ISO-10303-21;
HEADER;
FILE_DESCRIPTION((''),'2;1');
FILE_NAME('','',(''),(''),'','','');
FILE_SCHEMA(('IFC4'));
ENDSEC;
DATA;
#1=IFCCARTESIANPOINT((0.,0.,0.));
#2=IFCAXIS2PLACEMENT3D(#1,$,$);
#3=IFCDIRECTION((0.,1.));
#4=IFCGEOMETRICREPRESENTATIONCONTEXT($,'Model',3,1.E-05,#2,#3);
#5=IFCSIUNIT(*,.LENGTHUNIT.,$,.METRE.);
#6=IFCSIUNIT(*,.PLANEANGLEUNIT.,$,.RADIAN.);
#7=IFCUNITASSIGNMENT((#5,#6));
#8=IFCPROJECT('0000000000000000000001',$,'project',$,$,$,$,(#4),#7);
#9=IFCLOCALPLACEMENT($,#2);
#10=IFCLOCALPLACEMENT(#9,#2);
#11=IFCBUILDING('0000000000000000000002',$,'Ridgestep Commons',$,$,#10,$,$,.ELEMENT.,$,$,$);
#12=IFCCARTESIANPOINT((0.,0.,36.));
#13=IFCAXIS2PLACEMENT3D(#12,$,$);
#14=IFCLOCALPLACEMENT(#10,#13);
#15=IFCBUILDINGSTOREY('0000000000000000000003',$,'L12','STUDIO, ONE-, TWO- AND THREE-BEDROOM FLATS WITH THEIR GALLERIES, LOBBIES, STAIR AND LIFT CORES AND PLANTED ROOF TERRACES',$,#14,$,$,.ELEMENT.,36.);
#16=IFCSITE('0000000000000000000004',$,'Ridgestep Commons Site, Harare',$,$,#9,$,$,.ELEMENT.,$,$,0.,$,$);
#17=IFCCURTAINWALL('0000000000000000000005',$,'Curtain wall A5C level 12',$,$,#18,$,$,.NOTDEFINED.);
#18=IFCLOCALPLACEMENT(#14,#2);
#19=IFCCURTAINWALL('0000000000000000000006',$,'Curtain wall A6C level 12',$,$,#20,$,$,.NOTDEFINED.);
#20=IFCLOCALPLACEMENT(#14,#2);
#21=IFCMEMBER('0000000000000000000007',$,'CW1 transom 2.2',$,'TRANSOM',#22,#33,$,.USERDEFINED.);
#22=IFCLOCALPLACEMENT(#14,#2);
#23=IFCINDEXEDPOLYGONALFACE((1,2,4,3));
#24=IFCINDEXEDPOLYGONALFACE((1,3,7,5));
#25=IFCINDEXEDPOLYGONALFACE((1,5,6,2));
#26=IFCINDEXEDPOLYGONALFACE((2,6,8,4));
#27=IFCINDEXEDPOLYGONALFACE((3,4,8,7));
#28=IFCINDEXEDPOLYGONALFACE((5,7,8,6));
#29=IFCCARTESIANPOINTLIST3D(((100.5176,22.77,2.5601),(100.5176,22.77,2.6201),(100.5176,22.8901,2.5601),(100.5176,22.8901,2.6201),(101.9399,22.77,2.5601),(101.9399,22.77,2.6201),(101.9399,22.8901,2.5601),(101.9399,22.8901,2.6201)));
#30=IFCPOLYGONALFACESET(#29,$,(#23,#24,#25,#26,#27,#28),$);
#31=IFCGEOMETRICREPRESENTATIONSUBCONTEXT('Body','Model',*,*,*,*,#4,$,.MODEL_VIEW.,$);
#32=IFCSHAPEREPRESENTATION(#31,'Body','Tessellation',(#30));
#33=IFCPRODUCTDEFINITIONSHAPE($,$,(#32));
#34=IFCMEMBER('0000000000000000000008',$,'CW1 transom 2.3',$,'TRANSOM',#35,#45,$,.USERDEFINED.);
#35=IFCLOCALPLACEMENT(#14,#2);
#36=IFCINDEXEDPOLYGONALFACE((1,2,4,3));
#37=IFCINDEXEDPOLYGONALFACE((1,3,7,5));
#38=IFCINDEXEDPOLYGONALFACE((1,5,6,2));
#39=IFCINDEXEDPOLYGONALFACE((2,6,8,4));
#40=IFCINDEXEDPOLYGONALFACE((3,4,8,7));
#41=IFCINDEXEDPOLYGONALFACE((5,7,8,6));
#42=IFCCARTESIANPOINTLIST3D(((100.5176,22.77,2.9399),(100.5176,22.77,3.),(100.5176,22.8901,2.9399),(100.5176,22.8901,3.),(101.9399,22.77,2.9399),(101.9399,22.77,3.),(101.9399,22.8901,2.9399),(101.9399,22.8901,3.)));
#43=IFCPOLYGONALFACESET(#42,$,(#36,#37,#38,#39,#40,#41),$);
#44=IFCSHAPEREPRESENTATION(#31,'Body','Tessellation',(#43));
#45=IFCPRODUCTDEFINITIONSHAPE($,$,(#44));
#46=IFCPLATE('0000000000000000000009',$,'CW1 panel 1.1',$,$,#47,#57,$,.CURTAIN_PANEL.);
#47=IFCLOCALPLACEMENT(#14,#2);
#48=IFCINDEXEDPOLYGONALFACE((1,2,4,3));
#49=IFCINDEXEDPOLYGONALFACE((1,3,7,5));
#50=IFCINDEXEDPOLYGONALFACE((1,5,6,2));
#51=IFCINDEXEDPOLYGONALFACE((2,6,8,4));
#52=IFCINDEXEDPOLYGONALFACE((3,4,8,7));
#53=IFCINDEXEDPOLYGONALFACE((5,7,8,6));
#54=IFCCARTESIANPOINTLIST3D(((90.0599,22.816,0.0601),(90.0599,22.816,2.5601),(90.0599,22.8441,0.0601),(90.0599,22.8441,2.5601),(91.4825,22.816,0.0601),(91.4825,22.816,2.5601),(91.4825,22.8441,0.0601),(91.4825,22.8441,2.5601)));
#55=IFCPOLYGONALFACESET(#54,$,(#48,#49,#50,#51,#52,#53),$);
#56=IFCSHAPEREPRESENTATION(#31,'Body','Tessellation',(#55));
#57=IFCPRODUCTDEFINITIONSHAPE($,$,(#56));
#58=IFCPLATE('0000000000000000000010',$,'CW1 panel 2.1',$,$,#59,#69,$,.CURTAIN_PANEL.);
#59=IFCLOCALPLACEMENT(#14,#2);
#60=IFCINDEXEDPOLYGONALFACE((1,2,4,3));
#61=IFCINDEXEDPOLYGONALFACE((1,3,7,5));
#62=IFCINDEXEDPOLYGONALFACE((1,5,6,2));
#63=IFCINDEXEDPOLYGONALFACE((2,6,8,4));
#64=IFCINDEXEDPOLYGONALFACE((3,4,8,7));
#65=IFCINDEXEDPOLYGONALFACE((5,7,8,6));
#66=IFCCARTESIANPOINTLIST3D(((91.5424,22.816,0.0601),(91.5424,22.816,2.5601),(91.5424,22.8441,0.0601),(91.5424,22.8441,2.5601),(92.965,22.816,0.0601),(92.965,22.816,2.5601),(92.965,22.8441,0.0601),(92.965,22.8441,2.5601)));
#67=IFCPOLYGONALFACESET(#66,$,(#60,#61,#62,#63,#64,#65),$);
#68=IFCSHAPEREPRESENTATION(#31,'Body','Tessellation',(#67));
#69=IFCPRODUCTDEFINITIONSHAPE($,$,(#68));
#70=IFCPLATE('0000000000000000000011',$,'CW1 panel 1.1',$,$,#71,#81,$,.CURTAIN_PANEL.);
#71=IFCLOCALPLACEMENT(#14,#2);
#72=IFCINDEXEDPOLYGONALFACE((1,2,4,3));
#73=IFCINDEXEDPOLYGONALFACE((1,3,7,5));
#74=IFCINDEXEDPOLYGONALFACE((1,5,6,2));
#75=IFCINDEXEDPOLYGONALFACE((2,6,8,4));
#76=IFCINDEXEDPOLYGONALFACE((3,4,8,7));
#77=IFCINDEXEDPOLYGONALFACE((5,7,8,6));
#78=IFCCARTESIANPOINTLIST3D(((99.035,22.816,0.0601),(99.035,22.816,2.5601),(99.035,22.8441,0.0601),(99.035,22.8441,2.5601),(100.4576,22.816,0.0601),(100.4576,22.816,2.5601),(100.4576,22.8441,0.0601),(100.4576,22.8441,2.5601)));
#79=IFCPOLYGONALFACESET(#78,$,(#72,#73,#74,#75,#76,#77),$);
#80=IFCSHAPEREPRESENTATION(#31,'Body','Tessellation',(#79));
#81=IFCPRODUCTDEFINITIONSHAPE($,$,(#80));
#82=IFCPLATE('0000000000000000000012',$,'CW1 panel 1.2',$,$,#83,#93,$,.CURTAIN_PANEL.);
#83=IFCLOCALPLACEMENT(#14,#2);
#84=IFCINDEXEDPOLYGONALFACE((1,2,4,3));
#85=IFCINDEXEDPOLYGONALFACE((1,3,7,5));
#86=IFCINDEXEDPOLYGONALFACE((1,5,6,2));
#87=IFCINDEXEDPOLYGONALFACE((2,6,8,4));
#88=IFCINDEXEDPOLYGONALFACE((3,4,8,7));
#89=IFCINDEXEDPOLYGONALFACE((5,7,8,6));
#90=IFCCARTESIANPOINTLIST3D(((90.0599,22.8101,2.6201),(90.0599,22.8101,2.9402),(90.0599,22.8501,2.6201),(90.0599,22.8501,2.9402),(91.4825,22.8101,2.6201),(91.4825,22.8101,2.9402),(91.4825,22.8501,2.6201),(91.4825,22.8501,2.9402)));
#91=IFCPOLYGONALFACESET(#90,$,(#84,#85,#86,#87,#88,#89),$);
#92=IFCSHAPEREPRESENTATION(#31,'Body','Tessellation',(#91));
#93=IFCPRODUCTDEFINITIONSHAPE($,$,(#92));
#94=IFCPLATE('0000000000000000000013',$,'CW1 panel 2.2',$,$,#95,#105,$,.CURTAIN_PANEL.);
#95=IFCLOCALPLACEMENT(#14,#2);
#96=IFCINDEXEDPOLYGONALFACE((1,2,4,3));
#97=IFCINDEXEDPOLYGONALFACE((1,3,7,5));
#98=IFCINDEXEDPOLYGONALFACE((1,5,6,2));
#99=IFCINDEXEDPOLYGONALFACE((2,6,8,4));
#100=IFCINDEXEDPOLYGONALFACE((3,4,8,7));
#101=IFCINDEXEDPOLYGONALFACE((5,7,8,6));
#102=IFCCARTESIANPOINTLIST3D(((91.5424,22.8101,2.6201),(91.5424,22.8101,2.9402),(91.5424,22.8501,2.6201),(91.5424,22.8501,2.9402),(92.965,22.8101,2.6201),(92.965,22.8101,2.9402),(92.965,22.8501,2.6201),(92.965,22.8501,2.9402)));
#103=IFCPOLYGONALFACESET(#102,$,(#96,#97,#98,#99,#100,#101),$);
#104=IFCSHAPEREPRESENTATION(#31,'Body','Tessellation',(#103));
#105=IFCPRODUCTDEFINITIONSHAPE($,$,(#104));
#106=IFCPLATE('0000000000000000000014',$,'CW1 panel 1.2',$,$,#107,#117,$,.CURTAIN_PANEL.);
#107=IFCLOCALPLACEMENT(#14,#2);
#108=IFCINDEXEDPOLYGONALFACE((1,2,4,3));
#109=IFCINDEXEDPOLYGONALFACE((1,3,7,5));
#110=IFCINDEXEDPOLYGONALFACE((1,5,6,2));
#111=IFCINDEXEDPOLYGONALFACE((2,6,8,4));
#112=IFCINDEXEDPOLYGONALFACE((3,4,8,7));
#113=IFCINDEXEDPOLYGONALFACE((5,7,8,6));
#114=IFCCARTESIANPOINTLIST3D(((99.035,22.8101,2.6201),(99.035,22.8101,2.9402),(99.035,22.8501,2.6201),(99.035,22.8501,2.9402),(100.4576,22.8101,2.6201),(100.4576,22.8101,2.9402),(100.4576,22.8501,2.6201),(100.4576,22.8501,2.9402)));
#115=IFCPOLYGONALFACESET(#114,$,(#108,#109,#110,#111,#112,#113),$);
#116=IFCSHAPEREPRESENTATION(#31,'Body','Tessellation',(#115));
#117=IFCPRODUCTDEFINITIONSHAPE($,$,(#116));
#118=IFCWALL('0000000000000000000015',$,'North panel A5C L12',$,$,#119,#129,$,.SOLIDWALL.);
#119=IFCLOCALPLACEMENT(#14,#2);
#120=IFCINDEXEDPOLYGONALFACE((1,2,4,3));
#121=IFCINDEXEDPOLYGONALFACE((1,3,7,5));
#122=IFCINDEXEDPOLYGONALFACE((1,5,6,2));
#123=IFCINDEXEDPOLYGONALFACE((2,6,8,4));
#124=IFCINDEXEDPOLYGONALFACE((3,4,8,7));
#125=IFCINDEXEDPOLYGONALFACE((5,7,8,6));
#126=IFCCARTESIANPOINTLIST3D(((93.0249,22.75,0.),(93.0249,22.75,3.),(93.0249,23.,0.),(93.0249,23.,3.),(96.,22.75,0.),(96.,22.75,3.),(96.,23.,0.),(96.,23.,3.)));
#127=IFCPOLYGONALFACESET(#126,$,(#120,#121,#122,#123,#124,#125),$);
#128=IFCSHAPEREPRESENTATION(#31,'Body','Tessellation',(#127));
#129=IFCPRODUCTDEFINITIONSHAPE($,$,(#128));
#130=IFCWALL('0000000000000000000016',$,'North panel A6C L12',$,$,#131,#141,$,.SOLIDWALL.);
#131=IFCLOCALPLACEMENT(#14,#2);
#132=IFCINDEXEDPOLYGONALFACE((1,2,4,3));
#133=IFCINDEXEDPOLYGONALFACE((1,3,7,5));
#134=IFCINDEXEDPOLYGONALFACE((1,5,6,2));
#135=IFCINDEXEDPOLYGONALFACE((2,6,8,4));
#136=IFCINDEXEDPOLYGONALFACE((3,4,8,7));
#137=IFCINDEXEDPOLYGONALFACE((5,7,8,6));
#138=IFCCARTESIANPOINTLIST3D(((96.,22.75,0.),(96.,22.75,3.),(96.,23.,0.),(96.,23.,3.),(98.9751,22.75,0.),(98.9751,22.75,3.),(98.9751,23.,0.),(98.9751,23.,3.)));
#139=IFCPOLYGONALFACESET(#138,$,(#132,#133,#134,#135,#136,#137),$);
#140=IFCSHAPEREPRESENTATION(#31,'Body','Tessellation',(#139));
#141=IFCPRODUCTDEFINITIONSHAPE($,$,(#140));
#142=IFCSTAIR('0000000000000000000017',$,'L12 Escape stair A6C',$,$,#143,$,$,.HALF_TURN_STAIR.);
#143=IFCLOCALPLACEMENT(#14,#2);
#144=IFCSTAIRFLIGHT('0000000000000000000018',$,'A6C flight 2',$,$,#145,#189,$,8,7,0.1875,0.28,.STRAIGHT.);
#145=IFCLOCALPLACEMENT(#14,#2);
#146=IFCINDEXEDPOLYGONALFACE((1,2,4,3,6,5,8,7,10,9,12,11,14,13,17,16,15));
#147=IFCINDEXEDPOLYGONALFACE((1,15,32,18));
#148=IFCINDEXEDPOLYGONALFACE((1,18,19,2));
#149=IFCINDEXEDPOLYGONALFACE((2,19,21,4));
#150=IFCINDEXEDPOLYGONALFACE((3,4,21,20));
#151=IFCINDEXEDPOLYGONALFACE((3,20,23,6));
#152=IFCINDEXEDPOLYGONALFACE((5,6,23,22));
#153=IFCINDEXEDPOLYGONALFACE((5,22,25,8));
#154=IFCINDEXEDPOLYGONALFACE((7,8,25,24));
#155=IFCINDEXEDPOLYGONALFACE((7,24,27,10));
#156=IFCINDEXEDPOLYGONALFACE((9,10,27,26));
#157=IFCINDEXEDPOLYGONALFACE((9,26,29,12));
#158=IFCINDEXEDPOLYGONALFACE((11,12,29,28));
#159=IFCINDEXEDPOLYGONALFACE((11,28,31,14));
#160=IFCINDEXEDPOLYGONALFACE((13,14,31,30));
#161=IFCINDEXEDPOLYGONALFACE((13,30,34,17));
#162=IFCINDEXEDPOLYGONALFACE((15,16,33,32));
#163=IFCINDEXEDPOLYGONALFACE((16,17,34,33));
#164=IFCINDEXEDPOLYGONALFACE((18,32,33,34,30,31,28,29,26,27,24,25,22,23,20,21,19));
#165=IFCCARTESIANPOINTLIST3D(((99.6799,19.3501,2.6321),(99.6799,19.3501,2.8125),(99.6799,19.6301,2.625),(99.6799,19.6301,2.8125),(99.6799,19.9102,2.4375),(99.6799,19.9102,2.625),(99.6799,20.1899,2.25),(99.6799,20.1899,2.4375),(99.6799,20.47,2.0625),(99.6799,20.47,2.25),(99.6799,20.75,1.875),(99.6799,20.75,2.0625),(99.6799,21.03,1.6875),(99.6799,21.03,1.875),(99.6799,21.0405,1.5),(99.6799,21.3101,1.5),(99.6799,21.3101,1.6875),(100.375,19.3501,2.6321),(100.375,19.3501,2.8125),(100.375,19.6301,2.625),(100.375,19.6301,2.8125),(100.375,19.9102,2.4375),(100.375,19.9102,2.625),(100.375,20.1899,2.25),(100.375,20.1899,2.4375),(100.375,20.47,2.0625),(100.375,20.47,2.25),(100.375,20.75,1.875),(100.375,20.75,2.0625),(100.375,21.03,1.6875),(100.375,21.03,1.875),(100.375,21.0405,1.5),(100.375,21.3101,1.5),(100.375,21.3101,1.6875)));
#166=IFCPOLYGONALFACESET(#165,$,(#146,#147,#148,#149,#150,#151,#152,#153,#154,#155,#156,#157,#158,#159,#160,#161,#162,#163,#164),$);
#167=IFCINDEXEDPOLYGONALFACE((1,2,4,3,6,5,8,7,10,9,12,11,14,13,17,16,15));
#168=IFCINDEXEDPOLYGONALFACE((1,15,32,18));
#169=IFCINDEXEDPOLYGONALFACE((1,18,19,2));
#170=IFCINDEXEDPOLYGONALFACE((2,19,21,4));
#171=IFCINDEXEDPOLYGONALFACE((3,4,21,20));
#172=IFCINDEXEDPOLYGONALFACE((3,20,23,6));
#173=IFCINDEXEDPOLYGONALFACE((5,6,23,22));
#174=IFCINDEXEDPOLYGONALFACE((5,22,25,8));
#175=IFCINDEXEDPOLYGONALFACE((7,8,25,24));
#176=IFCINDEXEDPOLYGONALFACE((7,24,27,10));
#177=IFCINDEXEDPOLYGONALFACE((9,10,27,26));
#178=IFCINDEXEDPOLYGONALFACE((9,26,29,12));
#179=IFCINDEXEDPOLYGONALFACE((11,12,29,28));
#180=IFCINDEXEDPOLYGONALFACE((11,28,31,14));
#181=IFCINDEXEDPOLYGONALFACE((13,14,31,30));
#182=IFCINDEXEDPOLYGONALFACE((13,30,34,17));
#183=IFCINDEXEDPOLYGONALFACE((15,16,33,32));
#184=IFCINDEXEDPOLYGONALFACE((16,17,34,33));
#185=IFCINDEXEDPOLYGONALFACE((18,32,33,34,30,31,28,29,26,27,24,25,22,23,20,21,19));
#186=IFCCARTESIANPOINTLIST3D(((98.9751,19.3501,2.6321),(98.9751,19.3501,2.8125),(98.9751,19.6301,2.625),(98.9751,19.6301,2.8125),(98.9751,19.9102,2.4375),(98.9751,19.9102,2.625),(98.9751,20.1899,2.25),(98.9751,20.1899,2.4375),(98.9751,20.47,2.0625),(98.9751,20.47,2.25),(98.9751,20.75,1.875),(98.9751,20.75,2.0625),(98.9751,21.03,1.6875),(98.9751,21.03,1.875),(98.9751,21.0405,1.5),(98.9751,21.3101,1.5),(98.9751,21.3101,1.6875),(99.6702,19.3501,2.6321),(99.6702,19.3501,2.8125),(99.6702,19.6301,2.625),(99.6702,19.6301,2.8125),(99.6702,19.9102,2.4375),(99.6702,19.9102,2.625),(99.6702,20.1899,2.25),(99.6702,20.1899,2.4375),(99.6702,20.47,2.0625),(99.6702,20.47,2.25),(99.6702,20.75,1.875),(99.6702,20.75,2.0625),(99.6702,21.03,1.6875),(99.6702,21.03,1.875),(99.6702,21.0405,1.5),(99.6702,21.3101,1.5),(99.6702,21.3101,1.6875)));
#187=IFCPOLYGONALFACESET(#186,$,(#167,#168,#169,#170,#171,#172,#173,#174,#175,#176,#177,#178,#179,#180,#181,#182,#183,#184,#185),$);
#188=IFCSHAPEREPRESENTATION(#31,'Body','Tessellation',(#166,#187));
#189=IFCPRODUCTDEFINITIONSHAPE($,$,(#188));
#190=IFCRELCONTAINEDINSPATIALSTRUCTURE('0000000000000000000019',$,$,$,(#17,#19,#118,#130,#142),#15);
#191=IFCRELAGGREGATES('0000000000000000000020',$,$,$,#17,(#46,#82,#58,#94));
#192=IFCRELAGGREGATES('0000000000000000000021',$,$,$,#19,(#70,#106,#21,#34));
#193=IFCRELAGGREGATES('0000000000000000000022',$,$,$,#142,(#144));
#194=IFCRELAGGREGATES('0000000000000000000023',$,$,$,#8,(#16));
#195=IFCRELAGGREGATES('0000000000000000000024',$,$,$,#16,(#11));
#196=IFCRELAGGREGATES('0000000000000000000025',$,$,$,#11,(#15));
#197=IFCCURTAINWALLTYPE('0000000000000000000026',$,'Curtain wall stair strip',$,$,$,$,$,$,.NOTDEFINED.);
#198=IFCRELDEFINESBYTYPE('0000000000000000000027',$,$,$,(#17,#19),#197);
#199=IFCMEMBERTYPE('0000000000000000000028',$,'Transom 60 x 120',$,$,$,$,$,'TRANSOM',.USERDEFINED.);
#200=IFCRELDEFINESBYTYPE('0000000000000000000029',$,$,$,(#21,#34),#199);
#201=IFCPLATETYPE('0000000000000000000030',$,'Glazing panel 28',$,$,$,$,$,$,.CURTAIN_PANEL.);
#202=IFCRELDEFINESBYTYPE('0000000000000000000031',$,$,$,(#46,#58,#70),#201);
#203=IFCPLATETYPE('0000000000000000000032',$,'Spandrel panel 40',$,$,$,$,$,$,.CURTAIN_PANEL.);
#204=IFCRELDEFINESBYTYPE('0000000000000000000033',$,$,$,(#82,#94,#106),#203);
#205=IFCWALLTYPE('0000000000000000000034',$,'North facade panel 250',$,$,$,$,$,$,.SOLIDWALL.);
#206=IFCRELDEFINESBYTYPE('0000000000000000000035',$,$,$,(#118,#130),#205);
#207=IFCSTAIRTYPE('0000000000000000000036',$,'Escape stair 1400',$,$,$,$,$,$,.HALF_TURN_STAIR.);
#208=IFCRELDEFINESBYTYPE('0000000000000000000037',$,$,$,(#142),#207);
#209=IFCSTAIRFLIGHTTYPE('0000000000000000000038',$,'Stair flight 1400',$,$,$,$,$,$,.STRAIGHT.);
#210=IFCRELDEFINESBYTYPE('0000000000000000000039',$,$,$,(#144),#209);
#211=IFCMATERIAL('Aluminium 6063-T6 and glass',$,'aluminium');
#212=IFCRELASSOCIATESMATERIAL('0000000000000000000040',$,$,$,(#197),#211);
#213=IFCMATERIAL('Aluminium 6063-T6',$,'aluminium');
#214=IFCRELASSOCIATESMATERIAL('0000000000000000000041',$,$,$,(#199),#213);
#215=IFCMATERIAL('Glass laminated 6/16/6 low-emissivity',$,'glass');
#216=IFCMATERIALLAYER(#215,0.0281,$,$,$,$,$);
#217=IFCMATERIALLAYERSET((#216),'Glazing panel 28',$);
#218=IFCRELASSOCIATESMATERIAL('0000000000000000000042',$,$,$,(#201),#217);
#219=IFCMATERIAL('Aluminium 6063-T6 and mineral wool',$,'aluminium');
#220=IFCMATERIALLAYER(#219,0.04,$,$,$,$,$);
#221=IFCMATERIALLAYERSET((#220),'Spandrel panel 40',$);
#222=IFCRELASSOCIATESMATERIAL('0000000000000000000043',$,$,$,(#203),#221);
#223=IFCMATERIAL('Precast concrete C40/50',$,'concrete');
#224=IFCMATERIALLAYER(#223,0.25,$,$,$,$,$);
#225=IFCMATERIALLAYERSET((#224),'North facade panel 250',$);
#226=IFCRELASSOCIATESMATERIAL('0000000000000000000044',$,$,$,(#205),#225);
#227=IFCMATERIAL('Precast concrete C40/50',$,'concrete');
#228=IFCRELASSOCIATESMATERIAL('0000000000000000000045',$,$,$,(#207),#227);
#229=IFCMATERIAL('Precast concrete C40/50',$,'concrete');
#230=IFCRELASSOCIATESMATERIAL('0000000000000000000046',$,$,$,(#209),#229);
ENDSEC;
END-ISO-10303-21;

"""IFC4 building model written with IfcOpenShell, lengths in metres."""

from ifc_helpers import new_model, si_unit, direction, frame, frame_2d, origin, origin_2d, place, context, subcontext, project, spatial, polyline, rectangle, outline, extrude, material, layer, layer_set, material_profile, profile_set, type_object, element, aggregate, save


model = new_model("IFC4")

# Units and contexts
model_context = context("Model", 3, precision=1e-05, world=origin(), true_north=direction((0.0, 1.0)))
body_context = subcontext(model_context, "Body", "Model", "MODEL_VIEW")
ifc_project = project(units=[si_unit("LENGTHUNIT", "METRE"), si_unit("PLANEANGLEUNIT", "RADIAN")], contexts=[model_context])

# Site, building, storey
site_placement = place(None, origin())
site = spatial("IfcSite", under=ifc_project, at=site_placement, Name="Ridgestep Commons Site, Harare", CompositionType="ELEMENT", RefElevation=0.0)
building_placement = place(site_placement, origin())
building = spatial("IfcBuilding", under=site, at=building_placement, Name="Ridgestep Commons", CompositionType="ELEMENT")
storey_placement = place(building_placement, frame((0.0, 0.0, 36.0)))
storey = spatial("IfcBuildingStorey", under=building, at=storey_placement, Name="L12", Description="STUDIO, ONE-, TWO- AND THREE-BEDROOM FLATS WITH THEIR GALLERIES, LOBBIES, STAIR AND LIFT CORES AND PLANTED ROOF TERRACES", CompositionType="ELEMENT", Elevation=36.0)

# Curtain walls
ifc_material_1 = material(Name="Aluminium 6063-T6 and glass", Category="aluminium")
curtain_wall_type = type_object("IfcCurtainWallType", Name="Curtain wall stair strip", PredefinedType="NOTDEFINED", material=ifc_material_1)
curtain_wall_1_placement = place(storey_placement, origin())
curtain_wall_1 = element("IfcCurtainWall", 1, at=curtain_wall_1_placement, inside=storey, type_object=curtain_wall_type, Name="Curtain wall A5C level 12", PredefinedType="NOTDEFINED")
curtain_wall_2_placement = place(storey_placement, origin())
curtain_wall_2 = element("IfcCurtainWall", 2, at=curtain_wall_2_placement, inside=storey, type_object=curtain_wall_type, Name="Curtain wall A6C level 12", PredefinedType="NOTDEFINED")

# Members
ifc_material_2 = material(Name="Aluminium 6063-T6", Category="aluminium")
ifc_material_profile_1 = material_profile(ifc_material_2, rectangle(XDim=0.1201, YDim=0.0601, at=origin_2d()), Name="Transom 60 x 120")
ifc_profile_set_1 = profile_set([ifc_material_profile_1], Name="Aluminium 6063-T6")
member_type_1 = type_object("IfcMemberType", Name="Transom 60 x 120", ElementType="TRANSOM", PredefinedType="USERDEFINED", material=ifc_profile_set_1)
member_1_placement = place(storey_placement, frame((100.5176, 22.8301, 2.5901), z_axis=(1.0, 0.0, 0.0), x_axis=(0.0, 1.0, 0.0)))
member_1 = element("IfcMember", 3, at=member_1_placement, type_object=member_type_1, Name="CW1 transom 2.2", ObjectType="TRANSOM", PredefinedType="USERDEFINED", context=body_context, shape_type="SweptSolid", body=[
    extrude(rectangle(XDim=0.1201, YDim=0.0601, at=origin_2d()), origin(), (0.0, 0.0, 1.0), 1.4224),
])
member_2_placement = place(storey_placement, frame((100.5176, 22.8301, 2.97), z_axis=(1.0, 0.0, 0.0), x_axis=(0.0, 1.0, 0.0)))
member_2 = element("IfcMember", 4, at=member_2_placement, type_object=member_type_1, Name="CW1 transom 2.3", ObjectType="TRANSOM", PredefinedType="USERDEFINED", context=body_context, shape_type="SweptSolid", body=[
    extrude(rectangle(XDim=0.1201, YDim=0.0601, at=origin_2d()), origin(), (0.0, 0.0, 1.0), 1.4224),
])

# Plates
ifc_material_3 = material(Name="Glass laminated 6/16/6 low-emissivity", Category="glass")
ifc_layer_1 = layer(ifc_material_3, 0.0281)
ifc_layer_set_1 = layer_set([ifc_layer_1], Name="Glazing panel 28")
plate_type_1 = type_object("IfcPlateType", Name="Glazing panel 28", PredefinedType="CURTAIN_PANEL", material=ifc_layer_set_1)
plate_1_placement = place(storey_placement, frame((90.7712, 22.8301, 0.0601), z_axis=(0.0, 0.0, 1.0), x_axis=(1.0, 0.0, 0.0)))
plate_1 = element("IfcPlate", 5, at=plate_1_placement, type_object=plate_type_1, Name="CW1 panel 1.1", PredefinedType="CURTAIN_PANEL", context=body_context, shape_type="SweptSolid", body=[
    extrude(rectangle(XDim=1.4226, YDim=0.0281, at=origin_2d()), origin(), (0.0, 0.0, 1.0), 2.5),
])
plate_2_placement = place(storey_placement, frame((92.2537, 22.8301, 0.0601), z_axis=(0.0, 0.0, 1.0), x_axis=(1.0, 0.0, 0.0)))
plate_2 = element("IfcPlate", 6, at=plate_2_placement, type_object=plate_type_1, Name="CW1 panel 2.1", PredefinedType="CURTAIN_PANEL", context=body_context, shape_type="SweptSolid", body=[
    extrude(rectangle(XDim=1.4226, YDim=0.0281, at=origin_2d()), origin(), (0.0, 0.0, 1.0), 2.5),
])
plate_3_placement = place(storey_placement, frame((99.7463, 22.8301, 0.0601), z_axis=(0.0, 0.0, 1.0), x_axis=(1.0, 0.0, 0.0)))
plate_3 = element("IfcPlate", 7, at=plate_3_placement, type_object=plate_type_1, Name="CW1 panel 1.1", PredefinedType="CURTAIN_PANEL", context=body_context, shape_type="SweptSolid", body=[
    extrude(rectangle(XDim=1.4226, YDim=0.0281, at=origin_2d()), origin(), (0.0, 0.0, 1.0), 2.5),
])
ifc_material_4 = material(Name="Aluminium 6063-T6 and mineral wool", Category="aluminium")
ifc_layer_2 = layer(ifc_material_4, 0.04)
ifc_layer_set_2 = layer_set([ifc_layer_2], Name="Spandrel panel 40")
plate_type_2 = type_object("IfcPlateType", Name="Spandrel panel 40", PredefinedType="CURTAIN_PANEL", material=ifc_layer_set_2)
plate_4_placement = place(storey_placement, frame((90.7712, 22.8301, 2.6201), z_axis=(0.0, 0.0, 1.0), x_axis=(1.0, 0.0, 0.0)))
plate_4 = element("IfcPlate", 8, at=plate_4_placement, type_object=plate_type_2, Name="CW1 panel 1.2", PredefinedType="CURTAIN_PANEL", context=body_context, shape_type="SweptSolid", body=[
    extrude(rectangle(XDim=1.4226, YDim=0.04, at=origin_2d()), origin(), (0.0, 0.0, 1.0), 0.3201),
])
plate_5_placement = place(storey_placement, frame((92.2537, 22.8301, 2.6201), z_axis=(0.0, 0.0, 1.0), x_axis=(1.0, 0.0, 0.0)))
plate_5 = element("IfcPlate", 9, at=plate_5_placement, type_object=plate_type_2, Name="CW1 panel 2.2", PredefinedType="CURTAIN_PANEL", context=body_context, shape_type="SweptSolid", body=[
    extrude(rectangle(XDim=1.4226, YDim=0.04, at=origin_2d()), origin(), (0.0, 0.0, 1.0), 0.3201),
])
aggregate(curtain_wall_1, [plate_1, plate_4, plate_2, plate_5])
plate_6_placement = place(storey_placement, frame((99.7463, 22.8301, 2.6201), z_axis=(0.0, 0.0, 1.0), x_axis=(1.0, 0.0, 0.0)))
plate_6 = element("IfcPlate", 10, at=plate_6_placement, type_object=plate_type_2, Name="CW1 panel 1.2", PredefinedType="CURTAIN_PANEL", context=body_context, shape_type="SweptSolid", body=[
    extrude(rectangle(XDim=1.4226, YDim=0.04, at=origin_2d()), origin(), (0.0, 0.0, 1.0), 0.3201),
])
aggregate(curtain_wall_2, [plate_3, plate_6, member_1, member_2])

# Walls
ifc_material_5 = material(Name="Precast concrete C40/50", Category="concrete")
ifc_layer_3 = layer(ifc_material_5, 0.25)
ifc_layer_set_3 = layer_set([ifc_layer_3], Name="North facade panel 250")
wall_type = type_object("IfcWallType", Name="North facade panel 250", PredefinedType="SOLIDWALL", material=ifc_layer_set_3)
for number, where, z_axis, x_axis, name in (
    (11, (93.0249, 22.875, 0.0), (0.0, 0.0, 1.0), (1.0, 0.0, 0.0), "North panel A5C L12"),
    (12, (96.0, 22.875, 0.0), (0.0, 0.0, 1.0), (1.0, 0.0, 0.0), "North panel A6C L12"),
):
    element("IfcWall", number, at=place(storey_placement, frame(where, z_axis=z_axis, x_axis=x_axis)), inside=storey, type_object=wall_type, Name=name, PredefinedType="SOLIDWALL", context=body_context, shape_type="SweptSolid", body=[
        extrude(rectangle(XDim=2.9751, YDim=0.25, at=frame_2d((1.4875, 0.0))), origin(), (0.0, 0.0, 1.0), 3.0),
    ])

# Stair, stair flight
ifc_material_6 = material(Name="Precast concrete C40/50", Category="concrete")
stair_type = type_object("IfcStairType", Name="Escape stair 1400", PredefinedType="HALF_TURN_STAIR", material=ifc_material_6)
stair_placement = place(storey_placement, origin())
stair = element("IfcStair", 13, at=stair_placement, inside=storey, type_object=stair_type, Name="L12 Escape stair A6C", PredefinedType="HALF_TURN_STAIR")
ifc_material_7 = material(Name="Precast concrete C40/50", Category="concrete")
stair_flight_type = type_object("IfcStairFlightType", Name="Stair flight 1400", PredefinedType="STRAIGHT", material=ifc_material_7)
stair_flight_placement = place(storey_placement, frame((99.675, 21.3101, 1.5), z_axis=(0.0, 0.0, 1.0), x_axis=(0.0, -1.0, 0.0)))
stair_flight = element("IfcStairFlight", 14, at=stair_flight_placement, type_object=stair_flight_type, Name="A6C flight 2", NumberOfRisers=8, NumberOfTreads=7, PredefinedType="STRAIGHT", RiserHeight=0.1875, TreadLength=0.28, context=body_context, shape_type="SweptSolid", body=[
    extrude(outline(polyline([(0.0, 0.0), (0.0, 0.1875), (0.28, 0.1875), (0.28, 0.375), (0.5601, 0.375), (0.5601, 0.5625), (0.8401, 0.5625), (0.8401, 0.75), (1.1201, 0.75), (1.1201, 0.9375), (1.3999, 0.9375), (1.3999, 1.125), (1.6799, 1.125), (1.6799, 1.3125), (1.96, 1.3125), (1.96, 1.5), (1.96, 1.1321), (0.2695, 0.0), (0.0, 0.0)])), frame((0.0, 0.7, 0.0), z_axis=(0.0, -1.0, 0.0), x_axis=(1.0, 0.0, 0.0)), (0.0, 0.0, 1.0), 0.6951),
    extrude(outline(polyline([(0.0, 0.0), (0.0, 0.1875), (0.28, 0.1875), (0.28, 0.375), (0.5601, 0.375), (0.5601, 0.5625), (0.8401, 0.5625), (0.8401, 0.75), (1.1201, 0.75), (1.1201, 0.9375), (1.3999, 0.9375), (1.3999, 1.125), (1.6799, 1.125), (1.6799, 1.3125), (1.96, 1.3125), (1.96, 1.5), (1.96, 1.1321), (0.2695, 0.0), (0.0, 0.0)])), frame((0.0, -0.0049, 0.0), z_axis=(0.0, -1.0, 0.0), x_axis=(1.0, 0.0, 0.0)), (0.0, 0.0, 1.0), 0.6951),
])
aggregate(stair, [stair_flight])

save(model, "model.ifc")
